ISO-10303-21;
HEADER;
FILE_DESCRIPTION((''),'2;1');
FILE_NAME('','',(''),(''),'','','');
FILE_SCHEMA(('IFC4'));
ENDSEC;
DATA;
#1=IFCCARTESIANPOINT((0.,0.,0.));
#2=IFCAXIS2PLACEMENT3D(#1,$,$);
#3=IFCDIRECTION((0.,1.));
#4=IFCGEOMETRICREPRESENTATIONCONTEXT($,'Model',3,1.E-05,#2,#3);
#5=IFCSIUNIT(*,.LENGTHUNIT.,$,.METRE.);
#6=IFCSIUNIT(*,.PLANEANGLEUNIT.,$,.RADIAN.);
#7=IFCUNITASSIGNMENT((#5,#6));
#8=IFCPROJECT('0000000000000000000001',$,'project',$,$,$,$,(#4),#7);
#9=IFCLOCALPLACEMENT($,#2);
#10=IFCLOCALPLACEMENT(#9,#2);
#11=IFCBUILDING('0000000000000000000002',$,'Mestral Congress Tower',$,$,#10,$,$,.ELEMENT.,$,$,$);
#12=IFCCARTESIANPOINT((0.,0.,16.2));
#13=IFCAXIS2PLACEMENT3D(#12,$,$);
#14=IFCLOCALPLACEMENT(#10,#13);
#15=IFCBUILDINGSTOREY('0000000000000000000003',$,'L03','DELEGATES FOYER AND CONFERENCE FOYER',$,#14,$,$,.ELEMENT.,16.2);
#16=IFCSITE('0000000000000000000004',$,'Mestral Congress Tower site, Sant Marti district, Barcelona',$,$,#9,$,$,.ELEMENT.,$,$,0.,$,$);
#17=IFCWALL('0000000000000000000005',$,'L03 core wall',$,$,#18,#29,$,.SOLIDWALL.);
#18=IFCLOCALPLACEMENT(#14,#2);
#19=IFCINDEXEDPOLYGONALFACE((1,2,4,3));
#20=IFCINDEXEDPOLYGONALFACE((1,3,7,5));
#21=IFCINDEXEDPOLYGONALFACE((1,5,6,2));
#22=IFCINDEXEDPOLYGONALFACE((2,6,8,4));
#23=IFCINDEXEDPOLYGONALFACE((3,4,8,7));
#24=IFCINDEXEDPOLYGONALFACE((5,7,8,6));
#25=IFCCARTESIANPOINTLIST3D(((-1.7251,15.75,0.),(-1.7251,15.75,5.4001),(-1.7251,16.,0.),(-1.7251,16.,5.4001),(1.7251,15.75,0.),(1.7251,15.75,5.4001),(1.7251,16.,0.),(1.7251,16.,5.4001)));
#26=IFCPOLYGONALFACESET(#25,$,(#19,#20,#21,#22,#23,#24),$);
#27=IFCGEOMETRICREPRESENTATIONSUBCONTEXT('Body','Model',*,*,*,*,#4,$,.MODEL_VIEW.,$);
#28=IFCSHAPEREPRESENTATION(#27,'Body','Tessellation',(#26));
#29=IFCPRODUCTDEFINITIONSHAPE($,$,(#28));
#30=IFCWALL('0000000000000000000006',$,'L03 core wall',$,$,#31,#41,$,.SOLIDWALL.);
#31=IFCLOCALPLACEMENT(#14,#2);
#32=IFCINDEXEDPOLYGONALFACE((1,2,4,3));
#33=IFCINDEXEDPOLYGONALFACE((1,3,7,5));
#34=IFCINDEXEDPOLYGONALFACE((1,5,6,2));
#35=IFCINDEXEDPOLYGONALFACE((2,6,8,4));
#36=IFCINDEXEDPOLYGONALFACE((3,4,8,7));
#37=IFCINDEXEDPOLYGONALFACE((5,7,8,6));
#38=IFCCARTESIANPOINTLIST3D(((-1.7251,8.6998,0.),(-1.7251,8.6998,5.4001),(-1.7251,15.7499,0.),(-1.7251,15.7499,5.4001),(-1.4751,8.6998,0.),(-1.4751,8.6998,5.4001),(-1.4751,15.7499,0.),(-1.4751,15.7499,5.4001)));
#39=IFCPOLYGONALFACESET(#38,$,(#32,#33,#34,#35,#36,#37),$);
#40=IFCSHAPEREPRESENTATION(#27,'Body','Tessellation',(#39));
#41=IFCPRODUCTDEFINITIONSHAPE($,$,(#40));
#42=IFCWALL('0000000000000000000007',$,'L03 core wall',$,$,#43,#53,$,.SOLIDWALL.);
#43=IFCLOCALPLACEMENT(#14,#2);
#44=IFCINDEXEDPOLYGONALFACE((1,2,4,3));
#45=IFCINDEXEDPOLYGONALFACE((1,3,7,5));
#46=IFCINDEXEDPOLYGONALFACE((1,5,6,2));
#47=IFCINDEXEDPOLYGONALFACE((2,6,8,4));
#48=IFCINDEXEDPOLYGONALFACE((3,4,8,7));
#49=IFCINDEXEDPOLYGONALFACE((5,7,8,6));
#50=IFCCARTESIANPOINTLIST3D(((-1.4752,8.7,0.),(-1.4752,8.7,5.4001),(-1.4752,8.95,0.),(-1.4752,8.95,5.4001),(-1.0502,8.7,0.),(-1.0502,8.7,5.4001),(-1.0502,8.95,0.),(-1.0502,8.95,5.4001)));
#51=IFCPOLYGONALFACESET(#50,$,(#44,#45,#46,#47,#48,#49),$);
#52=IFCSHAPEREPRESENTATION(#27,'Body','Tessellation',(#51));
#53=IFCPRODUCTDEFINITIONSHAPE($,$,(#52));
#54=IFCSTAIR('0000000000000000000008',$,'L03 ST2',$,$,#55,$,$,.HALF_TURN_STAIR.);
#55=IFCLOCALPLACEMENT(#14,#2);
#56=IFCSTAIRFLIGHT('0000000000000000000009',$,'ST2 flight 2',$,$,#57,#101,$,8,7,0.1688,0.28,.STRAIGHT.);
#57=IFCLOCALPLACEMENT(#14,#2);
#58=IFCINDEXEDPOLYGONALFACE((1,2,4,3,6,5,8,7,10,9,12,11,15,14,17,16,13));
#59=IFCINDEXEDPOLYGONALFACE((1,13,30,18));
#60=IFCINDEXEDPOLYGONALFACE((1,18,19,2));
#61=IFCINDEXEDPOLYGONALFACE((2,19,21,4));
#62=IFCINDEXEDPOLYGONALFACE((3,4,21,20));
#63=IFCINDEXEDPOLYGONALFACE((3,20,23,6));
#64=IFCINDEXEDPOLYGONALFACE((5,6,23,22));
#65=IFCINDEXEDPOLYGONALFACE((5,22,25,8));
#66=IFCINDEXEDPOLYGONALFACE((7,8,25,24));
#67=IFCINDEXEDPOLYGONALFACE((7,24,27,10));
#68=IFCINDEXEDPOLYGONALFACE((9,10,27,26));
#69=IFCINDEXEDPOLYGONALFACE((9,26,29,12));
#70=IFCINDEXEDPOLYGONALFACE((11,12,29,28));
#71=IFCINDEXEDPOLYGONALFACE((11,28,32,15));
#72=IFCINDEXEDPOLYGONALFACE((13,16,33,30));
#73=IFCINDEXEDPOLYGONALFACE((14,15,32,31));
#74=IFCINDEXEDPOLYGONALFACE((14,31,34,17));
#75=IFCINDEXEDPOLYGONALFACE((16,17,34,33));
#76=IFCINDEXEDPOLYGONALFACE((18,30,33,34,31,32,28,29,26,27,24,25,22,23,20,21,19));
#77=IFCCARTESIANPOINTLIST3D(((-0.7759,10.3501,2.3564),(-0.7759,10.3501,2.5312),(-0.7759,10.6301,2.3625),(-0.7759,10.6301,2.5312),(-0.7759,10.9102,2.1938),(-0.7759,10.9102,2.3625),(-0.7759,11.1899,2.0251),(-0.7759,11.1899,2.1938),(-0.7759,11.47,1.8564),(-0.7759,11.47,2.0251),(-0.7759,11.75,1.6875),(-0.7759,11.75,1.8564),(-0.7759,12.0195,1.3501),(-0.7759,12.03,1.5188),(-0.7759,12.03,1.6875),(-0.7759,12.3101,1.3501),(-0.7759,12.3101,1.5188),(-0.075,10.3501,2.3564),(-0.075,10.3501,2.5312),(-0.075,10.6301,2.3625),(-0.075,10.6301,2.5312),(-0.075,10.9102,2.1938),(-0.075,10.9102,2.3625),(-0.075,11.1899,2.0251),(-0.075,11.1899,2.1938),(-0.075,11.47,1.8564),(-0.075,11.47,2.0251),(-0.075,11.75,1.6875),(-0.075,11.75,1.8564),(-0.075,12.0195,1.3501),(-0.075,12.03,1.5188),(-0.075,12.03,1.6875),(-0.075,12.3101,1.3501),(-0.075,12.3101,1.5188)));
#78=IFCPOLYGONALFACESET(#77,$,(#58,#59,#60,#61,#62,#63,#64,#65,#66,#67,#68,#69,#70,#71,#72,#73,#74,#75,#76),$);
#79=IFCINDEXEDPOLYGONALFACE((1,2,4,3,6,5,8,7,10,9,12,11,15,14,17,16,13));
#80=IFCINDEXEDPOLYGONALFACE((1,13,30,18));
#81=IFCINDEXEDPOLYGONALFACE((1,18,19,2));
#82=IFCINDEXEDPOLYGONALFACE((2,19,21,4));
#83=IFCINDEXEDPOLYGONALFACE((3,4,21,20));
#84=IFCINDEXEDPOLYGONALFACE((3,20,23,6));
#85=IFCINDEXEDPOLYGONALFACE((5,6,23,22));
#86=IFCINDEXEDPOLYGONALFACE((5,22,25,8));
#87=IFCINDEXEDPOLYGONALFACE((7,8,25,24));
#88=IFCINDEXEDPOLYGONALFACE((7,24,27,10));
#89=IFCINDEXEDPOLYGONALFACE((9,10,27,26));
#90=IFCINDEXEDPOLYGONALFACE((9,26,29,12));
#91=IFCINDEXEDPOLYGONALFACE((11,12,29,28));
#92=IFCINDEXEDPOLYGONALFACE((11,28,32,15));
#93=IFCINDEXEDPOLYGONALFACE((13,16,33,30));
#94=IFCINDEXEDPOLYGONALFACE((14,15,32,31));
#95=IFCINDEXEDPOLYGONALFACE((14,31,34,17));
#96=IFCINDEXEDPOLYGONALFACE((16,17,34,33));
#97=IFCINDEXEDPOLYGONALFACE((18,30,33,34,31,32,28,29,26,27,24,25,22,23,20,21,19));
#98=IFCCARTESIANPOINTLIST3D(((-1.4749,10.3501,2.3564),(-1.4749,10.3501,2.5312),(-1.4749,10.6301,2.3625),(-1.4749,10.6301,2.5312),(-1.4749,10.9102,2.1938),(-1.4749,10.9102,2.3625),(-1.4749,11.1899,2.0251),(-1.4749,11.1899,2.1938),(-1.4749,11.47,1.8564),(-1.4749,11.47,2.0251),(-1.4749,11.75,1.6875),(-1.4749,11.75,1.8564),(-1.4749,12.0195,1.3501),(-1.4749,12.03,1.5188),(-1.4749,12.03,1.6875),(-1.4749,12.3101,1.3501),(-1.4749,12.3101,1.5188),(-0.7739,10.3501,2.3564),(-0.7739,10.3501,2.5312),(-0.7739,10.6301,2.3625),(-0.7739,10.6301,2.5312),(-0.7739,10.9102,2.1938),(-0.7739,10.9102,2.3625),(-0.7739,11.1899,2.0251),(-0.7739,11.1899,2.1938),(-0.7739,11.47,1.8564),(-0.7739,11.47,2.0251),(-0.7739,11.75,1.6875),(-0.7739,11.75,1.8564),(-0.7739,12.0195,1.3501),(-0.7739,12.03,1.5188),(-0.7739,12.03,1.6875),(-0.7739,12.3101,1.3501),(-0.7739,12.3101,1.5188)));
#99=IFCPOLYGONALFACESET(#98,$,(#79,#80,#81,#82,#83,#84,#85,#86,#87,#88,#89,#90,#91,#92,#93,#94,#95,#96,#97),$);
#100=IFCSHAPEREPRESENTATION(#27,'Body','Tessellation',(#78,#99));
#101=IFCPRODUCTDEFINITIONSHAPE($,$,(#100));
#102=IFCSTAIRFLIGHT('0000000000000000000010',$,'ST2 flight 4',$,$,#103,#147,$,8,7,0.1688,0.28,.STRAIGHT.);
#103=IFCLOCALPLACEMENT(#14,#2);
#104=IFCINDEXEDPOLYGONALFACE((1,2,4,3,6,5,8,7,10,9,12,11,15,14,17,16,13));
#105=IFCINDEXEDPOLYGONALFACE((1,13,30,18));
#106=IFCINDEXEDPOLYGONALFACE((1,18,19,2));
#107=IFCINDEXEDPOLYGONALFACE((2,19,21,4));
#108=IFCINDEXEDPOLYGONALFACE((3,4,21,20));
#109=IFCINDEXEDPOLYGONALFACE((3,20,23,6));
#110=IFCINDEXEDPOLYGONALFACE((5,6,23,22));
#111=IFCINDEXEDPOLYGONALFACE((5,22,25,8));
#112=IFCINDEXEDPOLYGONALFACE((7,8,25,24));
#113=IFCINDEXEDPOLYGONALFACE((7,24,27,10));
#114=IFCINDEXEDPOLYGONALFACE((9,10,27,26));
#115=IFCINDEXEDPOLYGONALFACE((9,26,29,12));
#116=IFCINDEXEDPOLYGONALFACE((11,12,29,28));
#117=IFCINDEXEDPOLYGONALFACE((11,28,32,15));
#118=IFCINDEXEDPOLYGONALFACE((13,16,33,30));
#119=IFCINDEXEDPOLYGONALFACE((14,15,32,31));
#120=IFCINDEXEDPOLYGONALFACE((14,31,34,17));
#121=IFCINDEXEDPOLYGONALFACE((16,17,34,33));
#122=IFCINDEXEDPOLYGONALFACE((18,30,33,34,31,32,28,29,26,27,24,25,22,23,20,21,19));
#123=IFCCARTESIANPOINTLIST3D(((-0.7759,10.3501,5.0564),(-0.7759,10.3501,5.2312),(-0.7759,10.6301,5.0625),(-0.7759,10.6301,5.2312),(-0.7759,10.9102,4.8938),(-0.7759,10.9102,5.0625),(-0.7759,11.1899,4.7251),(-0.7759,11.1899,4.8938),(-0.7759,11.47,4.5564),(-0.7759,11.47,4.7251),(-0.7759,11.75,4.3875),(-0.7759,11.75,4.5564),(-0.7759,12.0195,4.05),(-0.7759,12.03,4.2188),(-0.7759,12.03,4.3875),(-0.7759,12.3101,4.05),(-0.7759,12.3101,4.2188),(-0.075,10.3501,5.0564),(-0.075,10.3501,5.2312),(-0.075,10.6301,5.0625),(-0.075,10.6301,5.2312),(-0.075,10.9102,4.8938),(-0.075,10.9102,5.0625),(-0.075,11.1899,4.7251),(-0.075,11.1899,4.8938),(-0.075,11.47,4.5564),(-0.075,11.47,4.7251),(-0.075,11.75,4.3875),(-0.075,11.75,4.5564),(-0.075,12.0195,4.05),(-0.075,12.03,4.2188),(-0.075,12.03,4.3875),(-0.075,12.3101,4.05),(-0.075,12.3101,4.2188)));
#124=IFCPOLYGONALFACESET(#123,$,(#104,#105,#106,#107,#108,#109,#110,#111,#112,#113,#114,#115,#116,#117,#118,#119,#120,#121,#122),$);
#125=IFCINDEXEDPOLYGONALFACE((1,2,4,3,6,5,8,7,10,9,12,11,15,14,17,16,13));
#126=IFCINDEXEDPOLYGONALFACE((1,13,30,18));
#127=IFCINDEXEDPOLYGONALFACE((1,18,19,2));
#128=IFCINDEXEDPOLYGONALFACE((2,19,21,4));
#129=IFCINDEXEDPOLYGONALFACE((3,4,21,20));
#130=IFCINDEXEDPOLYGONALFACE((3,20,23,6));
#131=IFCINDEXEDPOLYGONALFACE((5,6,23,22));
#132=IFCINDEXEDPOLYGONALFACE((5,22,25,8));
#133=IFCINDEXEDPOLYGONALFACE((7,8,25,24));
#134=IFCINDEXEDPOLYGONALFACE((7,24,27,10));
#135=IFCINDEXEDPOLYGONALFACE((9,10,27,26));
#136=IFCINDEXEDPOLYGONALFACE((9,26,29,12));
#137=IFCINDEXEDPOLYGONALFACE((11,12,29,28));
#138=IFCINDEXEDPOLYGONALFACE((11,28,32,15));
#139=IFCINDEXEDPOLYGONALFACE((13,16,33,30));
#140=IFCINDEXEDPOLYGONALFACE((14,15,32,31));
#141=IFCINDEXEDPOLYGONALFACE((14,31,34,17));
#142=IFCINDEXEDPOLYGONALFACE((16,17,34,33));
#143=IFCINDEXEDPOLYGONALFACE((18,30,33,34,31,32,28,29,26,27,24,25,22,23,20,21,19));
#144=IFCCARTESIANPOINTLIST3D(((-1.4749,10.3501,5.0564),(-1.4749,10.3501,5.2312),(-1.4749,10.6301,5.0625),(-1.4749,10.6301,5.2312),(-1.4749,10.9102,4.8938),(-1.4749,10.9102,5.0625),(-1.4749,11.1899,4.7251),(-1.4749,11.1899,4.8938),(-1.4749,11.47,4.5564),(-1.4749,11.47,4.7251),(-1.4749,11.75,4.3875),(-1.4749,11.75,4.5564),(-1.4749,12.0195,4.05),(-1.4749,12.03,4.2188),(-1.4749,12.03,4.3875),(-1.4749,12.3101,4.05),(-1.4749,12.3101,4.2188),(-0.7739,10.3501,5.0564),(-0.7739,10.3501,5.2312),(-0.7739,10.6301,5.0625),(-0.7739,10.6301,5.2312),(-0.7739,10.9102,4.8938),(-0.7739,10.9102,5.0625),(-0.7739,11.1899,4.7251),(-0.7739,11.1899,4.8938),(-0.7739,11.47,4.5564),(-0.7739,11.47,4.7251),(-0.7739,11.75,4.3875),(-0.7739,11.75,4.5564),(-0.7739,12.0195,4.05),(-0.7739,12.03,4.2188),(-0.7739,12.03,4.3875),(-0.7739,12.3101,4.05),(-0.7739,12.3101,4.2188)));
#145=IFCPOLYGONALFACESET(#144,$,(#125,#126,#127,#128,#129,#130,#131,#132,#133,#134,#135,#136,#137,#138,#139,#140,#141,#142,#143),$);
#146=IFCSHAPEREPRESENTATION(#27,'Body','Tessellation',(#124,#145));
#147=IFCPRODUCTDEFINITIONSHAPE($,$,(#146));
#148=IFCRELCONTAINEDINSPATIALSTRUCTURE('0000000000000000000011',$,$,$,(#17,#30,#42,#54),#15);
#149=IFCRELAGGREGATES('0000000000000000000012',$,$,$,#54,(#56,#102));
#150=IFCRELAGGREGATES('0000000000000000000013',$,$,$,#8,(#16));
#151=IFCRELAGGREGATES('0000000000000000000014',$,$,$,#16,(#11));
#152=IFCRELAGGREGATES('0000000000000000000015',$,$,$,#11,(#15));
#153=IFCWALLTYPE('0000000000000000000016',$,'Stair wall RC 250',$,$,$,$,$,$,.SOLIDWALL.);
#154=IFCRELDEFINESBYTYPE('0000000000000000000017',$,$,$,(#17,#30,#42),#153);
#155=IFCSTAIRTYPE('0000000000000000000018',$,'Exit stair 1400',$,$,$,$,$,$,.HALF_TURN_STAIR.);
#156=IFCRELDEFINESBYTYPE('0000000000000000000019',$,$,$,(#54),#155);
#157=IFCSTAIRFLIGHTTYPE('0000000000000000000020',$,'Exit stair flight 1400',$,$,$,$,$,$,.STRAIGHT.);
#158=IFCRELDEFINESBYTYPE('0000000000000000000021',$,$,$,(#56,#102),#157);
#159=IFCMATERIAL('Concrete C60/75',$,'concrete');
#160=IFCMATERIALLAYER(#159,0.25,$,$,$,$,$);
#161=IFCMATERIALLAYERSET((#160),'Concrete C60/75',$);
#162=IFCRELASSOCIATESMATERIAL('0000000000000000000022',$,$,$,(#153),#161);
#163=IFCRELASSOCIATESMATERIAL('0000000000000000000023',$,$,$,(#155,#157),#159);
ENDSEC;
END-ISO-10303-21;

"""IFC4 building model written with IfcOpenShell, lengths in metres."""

from ifc_helpers import new_model, si_unit, direction, frame, frame_2d, origin, place, context, subcontext, project, spatial, polyline, rectangle, outline, extrude, material, layer, layer_set, type_object, element, aggregate, save


model = new_model("IFC4")

# Units and contexts
model_context = context("Model", 3, precision=1e-05, world=origin(), true_north=direction((0.0, 1.0)))
body_context = subcontext(model_context, "Body", "Model", "MODEL_VIEW")
ifc_project = project(units=[si_unit("LENGTHUNIT", "METRE"), si_unit("PLANEANGLEUNIT", "RADIAN")], contexts=[model_context])

# Site, building, storey
site_placement = place(None, origin())
site = spatial("IfcSite", under=ifc_project, at=site_placement, Name="Mestral Congress Tower site, Sant Marti district, Barcelona", CompositionType="ELEMENT", RefElevation=0.0)
building_placement = place(site_placement, origin())
building = spatial("IfcBuilding", under=site, at=building_placement, Name="Mestral Congress Tower", CompositionType="ELEMENT")
storey_placement = place(building_placement, frame((0.0, 0.0, 16.2)))
storey = spatial("IfcBuildingStorey", under=building, at=storey_placement, Name="L03", Description="DELEGATES FOYER AND CONFERENCE FOYER", CompositionType="ELEMENT", Elevation=16.2)

# Shared definitions
ifc_material_1 = material(Name="Concrete C60/75", Category="concrete")

# Walls
ifc_layer_1 = layer(ifc_material_1, 0.25)
ifc_layer_set_1 = layer_set([ifc_layer_1], Name="Concrete C60/75")
wall_type_1 = type_object("IfcWallType", Name="Stair wall RC 250", PredefinedType="SOLIDWALL", material=ifc_layer_set_1)
wall_1_placement = place(storey_placement, frame((-1.7251, 15.875, 0.0), z_axis=(0.0, 0.0, 1.0), x_axis=(1.0, 0.0, 0.0)))
element("IfcWall", 1, at=wall_1_placement, inside=storey, type_object=wall_type_1, Name="L03 core wall", PredefinedType="SOLIDWALL", context=body_context, shape_type="SweptSolid", body=[
    extrude(rectangle(XDim=3.4502, YDim=0.25, at=frame_2d((1.7251, 0.0))), origin(), (0.0, 0.0, 1.0), 5.4001),
])
wall_2_placement = place(storey_placement, frame((-1.6001, 8.7, 0.0), z_axis=(0.0, 0.0, 1.0), x_axis=(0.0, 1.0, 0.0)))
element("IfcWall", 2, at=wall_2_placement, inside=storey, type_object=wall_type_1, Name="L03 core wall", PredefinedType="SOLIDWALL", context=body_context, shape_type="SweptSolid", body=[
    extrude(rectangle(XDim=7.05, YDim=0.25, at=frame_2d((3.5249, 0.0))), origin(), (0.0, 0.0, 1.0), 5.4001),
])
wall_3_placement = place(storey_placement, frame((-1.4751, 8.825, 0.0), z_axis=(0.0, 0.0, 1.0), x_axis=(1.0, 0.0, 0.0)))
element("IfcWall", 3, at=wall_3_placement, inside=storey, type_object=wall_type_1, Name="L03 core wall", PredefinedType="SOLIDWALL", context=body_context, shape_type="SweptSolid", body=[
    extrude(rectangle(XDim=0.425, YDim=0.25, at=frame_2d((0.2124, 0.0))), origin(), (0.0, 0.0, 1.0), 5.4001),
])

# Stair, stair flights
stair_type = type_object("IfcStairType", Name="Exit stair 1400", PredefinedType="HALF_TURN_STAIR", material=ifc_material_1)
stair_placement = place(storey_placement, origin())
stair = element("IfcStair", 4, at=stair_placement, inside=storey, type_object=stair_type, Name="L03 ST2", PredefinedType="HALF_TURN_STAIR")
stair_flight_type = type_object("IfcStairFlightType", Name="Exit stair flight 1400", PredefinedType="STRAIGHT", material=ifc_material_1)
stair_flight_1_placement = place(storey_placement, frame((-0.7749, 12.3101, 1.3501), z_axis=(0.0, 0.0, 1.0), x_axis=(0.0, -1.0, 0.0)))
stair_flight_1 = element("IfcStairFlight", 5, at=stair_flight_1_placement, type_object=stair_flight_type, Name="ST2 flight 2", NumberOfRisers=8, NumberOfTreads=7, PredefinedType="STRAIGHT", RiserHeight=0.1688, TreadLength=0.28, context=body_context, shape_type="SweptSolid", body=[
    extrude(outline(polyline([(0.0, 0.0), (0.0, 0.1687), (0.28, 0.1687), (0.28, 0.3374), (0.5601, 0.3374), (0.5601, 0.5063), (0.8401, 0.5063), (0.8401, 0.675), (1.1201, 0.675), (1.1201, 0.8438), (1.3999, 0.8438), (1.3999, 1.0125), (1.6799, 1.0125), (1.6799, 1.1812), (1.96, 1.1812), (1.96, 1.3501), (1.96, 1.0063), (0.2905, 0.0), (0.0, 0.0)])), frame((0.0, 0.7, 0.0), z_axis=(0.0, -1.0, 0.0), x_axis=(1.0, 0.0, 0.0)), (0.0, 0.0, 1.0), 0.7009),
    extrude(outline(polyline([(0.0, 0.0), (0.0, 0.1687), (0.28, 0.1687), (0.28, 0.3374), (0.5601, 0.3374), (0.5601, 0.5063), (0.8401, 0.5063), (0.8401, 0.675), (1.1201, 0.675), (1.1201, 0.8438), (1.3999, 0.8438), (1.3999, 1.0125), (1.6799, 1.0125), (1.6799, 1.1812), (1.96, 1.1812), (1.96, 1.3501), (1.96, 1.0063), (0.2905, 0.0), (0.0, 0.0)])), frame((0.0, 0.001, 0.0), z_axis=(0.0, -1.0, 0.0), x_axis=(1.0, 0.0, 0.0)), (0.0, 0.0, 1.0), 0.7009),
])
stair_flight_2_placement = place(storey_placement, frame((-0.7749, 12.3101, 4.05), z_axis=(0.0, 0.0, 1.0), x_axis=(0.0, -1.0, 0.0)))
stair_flight_2 = element("IfcStairFlight", 6, at=stair_flight_2_placement, type_object=stair_flight_type, Name="ST2 flight 4", NumberOfRisers=8, NumberOfTreads=7, PredefinedType="STRAIGHT", RiserHeight=0.1688, TreadLength=0.28, context=body_context, shape_type="SweptSolid", body=[
    extrude(outline(polyline([(0.0, 0.0), (0.0, 0.1687), (0.28, 0.1687), (0.28, 0.3374), (0.5601, 0.3374), (0.5601, 0.5063), (0.8401, 0.5063), (0.8401, 0.675), (1.1201, 0.675), (1.1201, 0.8438), (1.3999, 0.8438), (1.3999, 1.0125), (1.6799, 1.0125), (1.6799, 1.1812), (1.96, 1.1812), (1.96, 1.3501), (1.96, 1.0063), (0.2905, 0.0), (0.0, 0.0)])), frame((0.0, 0.7, 0.0), z_axis=(0.0, -1.0, 0.0), x_axis=(1.0, 0.0, 0.0)), (0.0, 0.0, 1.0), 0.7009),
    extrude(outline(polyline([(0.0, 0.0), (0.0, 0.1687), (0.28, 0.1687), (0.28, 0.3374), (0.5601, 0.3374), (0.5601, 0.5063), (0.8401, 0.5063), (0.8401, 0.675), (1.1201, 0.675), (1.1201, 0.8438), (1.3999, 0.8438), (1.3999, 1.0125), (1.6799, 1.0125), (1.6799, 1.1812), (1.96, 1.1812), (1.96, 1.3501), (1.96, 1.0063), (0.2905, 0.0), (0.0, 0.0)])), frame((0.0, 0.001, 0.0), z_axis=(0.0, -1.0, 0.0), x_axis=(1.0, 0.0, 0.0)), (0.0, 0.0, 1.0), 0.7009),
])
aggregate(stair, [stair_flight_1, stair_flight_2])

save(model, "model.ifc")
